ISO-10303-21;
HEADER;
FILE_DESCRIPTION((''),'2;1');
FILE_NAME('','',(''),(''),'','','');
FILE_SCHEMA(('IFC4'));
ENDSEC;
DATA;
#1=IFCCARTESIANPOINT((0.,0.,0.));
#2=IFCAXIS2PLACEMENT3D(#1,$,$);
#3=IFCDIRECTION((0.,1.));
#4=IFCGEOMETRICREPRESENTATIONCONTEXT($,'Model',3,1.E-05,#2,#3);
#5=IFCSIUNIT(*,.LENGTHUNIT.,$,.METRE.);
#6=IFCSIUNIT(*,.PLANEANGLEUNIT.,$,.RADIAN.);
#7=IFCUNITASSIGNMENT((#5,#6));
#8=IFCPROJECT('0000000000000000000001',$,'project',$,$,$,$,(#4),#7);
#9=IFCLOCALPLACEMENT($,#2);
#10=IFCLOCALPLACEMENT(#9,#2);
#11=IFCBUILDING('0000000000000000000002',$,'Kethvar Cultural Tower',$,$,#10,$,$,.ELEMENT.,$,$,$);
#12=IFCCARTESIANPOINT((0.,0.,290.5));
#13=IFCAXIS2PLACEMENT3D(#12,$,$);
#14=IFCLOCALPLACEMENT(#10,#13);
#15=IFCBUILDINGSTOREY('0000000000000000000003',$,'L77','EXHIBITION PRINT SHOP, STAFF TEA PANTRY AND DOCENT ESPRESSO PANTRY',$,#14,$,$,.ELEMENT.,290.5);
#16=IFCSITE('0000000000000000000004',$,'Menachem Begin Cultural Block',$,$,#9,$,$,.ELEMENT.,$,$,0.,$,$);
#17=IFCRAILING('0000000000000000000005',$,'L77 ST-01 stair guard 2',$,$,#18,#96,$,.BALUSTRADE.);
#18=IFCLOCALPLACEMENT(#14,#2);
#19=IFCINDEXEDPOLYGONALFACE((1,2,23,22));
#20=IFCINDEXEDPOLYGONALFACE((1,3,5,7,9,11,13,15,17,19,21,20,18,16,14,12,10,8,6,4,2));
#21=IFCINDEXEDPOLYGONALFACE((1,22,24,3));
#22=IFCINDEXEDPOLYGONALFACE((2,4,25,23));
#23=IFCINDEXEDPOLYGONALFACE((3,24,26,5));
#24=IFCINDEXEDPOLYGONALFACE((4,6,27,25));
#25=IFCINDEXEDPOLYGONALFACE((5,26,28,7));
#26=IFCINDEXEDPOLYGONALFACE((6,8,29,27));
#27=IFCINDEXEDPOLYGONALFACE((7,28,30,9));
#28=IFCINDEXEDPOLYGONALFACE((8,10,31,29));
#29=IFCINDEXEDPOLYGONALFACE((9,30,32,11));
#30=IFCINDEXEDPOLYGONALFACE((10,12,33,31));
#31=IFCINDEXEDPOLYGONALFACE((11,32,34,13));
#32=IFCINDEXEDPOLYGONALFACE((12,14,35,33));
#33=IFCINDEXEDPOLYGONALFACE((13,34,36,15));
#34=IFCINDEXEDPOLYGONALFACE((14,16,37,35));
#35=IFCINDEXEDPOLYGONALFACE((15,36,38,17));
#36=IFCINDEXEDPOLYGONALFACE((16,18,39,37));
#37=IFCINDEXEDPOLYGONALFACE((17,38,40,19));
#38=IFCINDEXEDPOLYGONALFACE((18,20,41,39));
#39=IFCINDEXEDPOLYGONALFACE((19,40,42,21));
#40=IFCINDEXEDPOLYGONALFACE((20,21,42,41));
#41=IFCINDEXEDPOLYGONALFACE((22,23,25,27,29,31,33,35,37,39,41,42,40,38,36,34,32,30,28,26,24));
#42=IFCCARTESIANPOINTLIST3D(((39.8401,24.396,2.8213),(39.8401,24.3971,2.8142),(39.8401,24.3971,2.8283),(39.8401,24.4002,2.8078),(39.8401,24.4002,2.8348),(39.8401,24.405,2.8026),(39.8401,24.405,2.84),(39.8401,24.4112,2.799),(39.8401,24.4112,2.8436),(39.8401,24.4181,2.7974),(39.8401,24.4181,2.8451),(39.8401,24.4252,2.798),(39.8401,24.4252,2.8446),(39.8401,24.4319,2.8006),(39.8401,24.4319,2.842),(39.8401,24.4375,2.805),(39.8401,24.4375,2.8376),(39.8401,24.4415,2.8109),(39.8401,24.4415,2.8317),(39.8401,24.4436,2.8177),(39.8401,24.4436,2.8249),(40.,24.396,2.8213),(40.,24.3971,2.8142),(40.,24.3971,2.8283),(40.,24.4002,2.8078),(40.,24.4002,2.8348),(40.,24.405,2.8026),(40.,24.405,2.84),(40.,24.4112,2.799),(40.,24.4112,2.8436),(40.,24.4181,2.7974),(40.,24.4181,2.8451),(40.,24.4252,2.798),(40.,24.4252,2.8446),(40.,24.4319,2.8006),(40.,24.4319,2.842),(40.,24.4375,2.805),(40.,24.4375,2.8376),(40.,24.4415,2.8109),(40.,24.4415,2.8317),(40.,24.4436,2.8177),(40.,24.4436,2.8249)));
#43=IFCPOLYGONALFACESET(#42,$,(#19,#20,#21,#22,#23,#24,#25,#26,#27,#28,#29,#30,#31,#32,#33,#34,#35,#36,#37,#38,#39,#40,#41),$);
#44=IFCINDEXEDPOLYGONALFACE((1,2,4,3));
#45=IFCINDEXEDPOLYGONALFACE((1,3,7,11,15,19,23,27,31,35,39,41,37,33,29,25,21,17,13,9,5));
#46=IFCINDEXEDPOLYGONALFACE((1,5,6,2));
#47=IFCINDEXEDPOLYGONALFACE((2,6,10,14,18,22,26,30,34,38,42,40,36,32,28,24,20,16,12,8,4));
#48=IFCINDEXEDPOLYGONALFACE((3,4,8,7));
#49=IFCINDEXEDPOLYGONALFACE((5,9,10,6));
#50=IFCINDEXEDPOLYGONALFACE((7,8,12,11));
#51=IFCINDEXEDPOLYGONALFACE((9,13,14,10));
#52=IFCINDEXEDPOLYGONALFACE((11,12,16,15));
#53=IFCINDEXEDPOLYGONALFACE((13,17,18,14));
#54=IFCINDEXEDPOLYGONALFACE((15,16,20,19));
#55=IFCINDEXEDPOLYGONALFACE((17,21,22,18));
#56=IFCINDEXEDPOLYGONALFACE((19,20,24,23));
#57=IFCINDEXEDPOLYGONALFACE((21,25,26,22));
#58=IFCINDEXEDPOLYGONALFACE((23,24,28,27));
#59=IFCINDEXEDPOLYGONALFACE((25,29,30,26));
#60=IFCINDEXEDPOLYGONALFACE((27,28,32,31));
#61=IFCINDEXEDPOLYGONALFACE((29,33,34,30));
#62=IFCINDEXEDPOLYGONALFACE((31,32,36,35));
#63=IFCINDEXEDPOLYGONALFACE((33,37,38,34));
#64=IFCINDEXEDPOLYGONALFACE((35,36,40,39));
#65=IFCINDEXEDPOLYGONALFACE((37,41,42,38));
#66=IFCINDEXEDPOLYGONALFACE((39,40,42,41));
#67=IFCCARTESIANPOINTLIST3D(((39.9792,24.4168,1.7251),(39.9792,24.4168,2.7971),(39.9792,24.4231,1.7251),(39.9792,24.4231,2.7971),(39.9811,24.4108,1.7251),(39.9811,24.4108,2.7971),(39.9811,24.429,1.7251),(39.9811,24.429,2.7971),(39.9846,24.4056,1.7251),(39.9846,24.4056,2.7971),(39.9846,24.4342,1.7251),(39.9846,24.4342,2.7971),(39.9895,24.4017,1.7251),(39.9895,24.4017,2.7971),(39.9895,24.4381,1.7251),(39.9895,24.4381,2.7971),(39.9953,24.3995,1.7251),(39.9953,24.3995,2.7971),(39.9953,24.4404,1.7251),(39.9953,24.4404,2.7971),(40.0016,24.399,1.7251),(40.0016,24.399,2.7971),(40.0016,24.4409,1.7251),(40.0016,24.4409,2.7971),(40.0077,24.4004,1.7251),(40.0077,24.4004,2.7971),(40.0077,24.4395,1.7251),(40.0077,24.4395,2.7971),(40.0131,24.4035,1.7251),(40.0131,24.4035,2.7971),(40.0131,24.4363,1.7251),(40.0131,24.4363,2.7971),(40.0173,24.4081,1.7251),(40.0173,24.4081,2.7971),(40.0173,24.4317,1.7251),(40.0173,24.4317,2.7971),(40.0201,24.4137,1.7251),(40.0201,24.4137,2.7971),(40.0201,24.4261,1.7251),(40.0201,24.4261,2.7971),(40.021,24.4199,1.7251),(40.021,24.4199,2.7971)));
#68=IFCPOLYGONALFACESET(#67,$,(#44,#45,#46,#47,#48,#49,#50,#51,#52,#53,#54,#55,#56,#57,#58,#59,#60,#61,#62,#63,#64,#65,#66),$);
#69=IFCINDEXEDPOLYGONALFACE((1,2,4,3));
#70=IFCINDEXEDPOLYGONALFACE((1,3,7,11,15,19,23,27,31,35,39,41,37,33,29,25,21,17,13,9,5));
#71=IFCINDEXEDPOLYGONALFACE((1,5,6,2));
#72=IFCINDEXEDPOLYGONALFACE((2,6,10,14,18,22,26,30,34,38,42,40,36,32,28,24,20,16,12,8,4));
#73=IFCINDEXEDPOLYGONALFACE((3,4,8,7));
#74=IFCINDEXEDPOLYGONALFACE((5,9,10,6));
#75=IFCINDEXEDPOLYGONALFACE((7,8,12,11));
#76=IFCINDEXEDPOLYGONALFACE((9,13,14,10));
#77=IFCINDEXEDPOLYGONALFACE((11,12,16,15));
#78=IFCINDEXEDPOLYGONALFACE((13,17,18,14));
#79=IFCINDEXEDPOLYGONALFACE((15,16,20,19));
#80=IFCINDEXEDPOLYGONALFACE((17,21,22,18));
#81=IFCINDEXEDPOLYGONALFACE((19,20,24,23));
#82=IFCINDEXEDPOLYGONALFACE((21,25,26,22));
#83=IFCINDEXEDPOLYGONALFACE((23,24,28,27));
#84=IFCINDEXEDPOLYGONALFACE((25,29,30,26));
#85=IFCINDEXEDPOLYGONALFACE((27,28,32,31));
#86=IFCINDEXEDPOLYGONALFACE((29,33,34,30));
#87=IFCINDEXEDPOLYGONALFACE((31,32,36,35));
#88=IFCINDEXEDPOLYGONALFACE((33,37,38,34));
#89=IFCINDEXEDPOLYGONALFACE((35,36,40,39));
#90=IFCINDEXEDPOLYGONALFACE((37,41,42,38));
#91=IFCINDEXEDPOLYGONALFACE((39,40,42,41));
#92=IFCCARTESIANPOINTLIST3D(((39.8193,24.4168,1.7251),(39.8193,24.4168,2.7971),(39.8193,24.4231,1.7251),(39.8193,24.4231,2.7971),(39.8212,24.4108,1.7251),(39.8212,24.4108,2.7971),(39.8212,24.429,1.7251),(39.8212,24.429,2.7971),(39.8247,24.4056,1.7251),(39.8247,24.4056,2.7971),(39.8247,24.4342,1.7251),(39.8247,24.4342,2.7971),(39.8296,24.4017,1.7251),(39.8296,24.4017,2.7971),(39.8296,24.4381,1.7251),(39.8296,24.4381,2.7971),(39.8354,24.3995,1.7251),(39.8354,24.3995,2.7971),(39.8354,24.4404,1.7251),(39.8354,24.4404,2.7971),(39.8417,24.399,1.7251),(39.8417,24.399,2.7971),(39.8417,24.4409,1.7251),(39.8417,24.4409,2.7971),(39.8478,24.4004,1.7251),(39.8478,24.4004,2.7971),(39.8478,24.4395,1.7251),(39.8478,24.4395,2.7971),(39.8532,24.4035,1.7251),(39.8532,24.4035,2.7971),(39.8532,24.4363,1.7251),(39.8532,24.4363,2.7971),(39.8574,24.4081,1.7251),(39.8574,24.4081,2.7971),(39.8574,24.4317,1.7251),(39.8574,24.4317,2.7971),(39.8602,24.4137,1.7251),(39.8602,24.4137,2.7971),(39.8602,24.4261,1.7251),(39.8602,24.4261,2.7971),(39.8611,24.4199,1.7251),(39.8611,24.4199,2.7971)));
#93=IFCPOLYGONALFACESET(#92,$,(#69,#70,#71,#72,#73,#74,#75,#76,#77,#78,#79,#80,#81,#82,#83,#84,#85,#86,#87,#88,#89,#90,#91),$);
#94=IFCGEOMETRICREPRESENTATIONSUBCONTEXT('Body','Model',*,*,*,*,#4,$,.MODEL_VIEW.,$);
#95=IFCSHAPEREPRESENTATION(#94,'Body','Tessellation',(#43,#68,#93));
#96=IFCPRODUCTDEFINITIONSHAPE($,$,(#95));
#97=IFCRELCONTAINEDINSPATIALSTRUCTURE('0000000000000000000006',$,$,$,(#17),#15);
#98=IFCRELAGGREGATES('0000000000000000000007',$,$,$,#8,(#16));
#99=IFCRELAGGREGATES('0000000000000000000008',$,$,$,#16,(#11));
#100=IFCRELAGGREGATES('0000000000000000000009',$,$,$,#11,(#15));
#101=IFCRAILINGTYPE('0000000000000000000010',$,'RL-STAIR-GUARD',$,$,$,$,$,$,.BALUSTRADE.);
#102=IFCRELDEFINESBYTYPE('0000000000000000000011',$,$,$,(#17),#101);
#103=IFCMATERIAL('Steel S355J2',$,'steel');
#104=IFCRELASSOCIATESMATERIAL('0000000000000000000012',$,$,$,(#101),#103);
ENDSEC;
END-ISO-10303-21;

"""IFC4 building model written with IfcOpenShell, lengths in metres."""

from ifc_helpers import new_model, si_unit, direction, frame, origin, origin_2d, place, context, subcontext, project, spatial, circle, extrude, material, type_object, element, save


model = new_model("IFC4")

# Units and contexts
model_context = context("Model", 3, precision=1e-05, world=origin(), true_north=direction((0.0, 1.0)))
body_context = subcontext(model_context, "Body", "Model", "MODEL_VIEW")
ifc_project = project(units=[si_unit("LENGTHUNIT", "METRE"), si_unit("PLANEANGLEUNIT", "RADIAN")], contexts=[model_context])

# Site, building, storey
site_placement = place(None, origin())
site = spatial("IfcSite", under=ifc_project, at=site_placement, Name="Menachem Begin Cultural Block", CompositionType="ELEMENT", RefElevation=0.0)
building_placement = place(site_placement, origin())
building = spatial("IfcBuilding", under=site, at=building_placement, Name="Kethvar Cultural Tower", CompositionType="ELEMENT")
storey_placement = place(building_placement, frame((0.0, 0.0, 290.5)))
storey = spatial("IfcBuildingStorey", under=building, at=storey_placement, Name="L77", Description="EXHIBITION PRINT SHOP, STAFF TEA PANTRY AND DOCENT ESPRESSO PANTRY", CompositionType="ELEMENT", Elevation=290.5)

# Shared definitions
ifc_material_1 = material(Name="Steel S355J2", Category="steel")

# Railing
railing_type_1 = type_object("IfcRailingType", Name="RL-STAIR-GUARD", PredefinedType="BALUSTRADE", material=ifc_material_1)
railing_1_placement = place(storey_placement, frame((40.0, 24.4199, 1.7251)))
element("IfcRailing", 1, at=railing_1_placement, inside=storey, type_object=railing_type_1, Name="L77 ST-01 stair guard 2", PredefinedType="BALUSTRADE", context=body_context, shape_type="SweptSolid", body=[
    extrude(circle(Radius=0.0239, at=origin_2d()), frame((0.0, 0.0, 1.0962), z_axis=(-1.0, 0.0, 0.0), x_axis=(0.0, -1.0, 0.0)), (0.0, 0.0, 1.0), 0.1599),
    extrude(circle(Radius=0.021, at=origin_2d()), origin(), (0.0, 0.0, 1.0), 1.072),
    extrude(circle(Radius=0.021, at=origin_2d()), frame((-0.1599, 0.0, 0.0)), (0.0, 0.0, 1.0), 1.072),
])

save(model, "model.ifc")
